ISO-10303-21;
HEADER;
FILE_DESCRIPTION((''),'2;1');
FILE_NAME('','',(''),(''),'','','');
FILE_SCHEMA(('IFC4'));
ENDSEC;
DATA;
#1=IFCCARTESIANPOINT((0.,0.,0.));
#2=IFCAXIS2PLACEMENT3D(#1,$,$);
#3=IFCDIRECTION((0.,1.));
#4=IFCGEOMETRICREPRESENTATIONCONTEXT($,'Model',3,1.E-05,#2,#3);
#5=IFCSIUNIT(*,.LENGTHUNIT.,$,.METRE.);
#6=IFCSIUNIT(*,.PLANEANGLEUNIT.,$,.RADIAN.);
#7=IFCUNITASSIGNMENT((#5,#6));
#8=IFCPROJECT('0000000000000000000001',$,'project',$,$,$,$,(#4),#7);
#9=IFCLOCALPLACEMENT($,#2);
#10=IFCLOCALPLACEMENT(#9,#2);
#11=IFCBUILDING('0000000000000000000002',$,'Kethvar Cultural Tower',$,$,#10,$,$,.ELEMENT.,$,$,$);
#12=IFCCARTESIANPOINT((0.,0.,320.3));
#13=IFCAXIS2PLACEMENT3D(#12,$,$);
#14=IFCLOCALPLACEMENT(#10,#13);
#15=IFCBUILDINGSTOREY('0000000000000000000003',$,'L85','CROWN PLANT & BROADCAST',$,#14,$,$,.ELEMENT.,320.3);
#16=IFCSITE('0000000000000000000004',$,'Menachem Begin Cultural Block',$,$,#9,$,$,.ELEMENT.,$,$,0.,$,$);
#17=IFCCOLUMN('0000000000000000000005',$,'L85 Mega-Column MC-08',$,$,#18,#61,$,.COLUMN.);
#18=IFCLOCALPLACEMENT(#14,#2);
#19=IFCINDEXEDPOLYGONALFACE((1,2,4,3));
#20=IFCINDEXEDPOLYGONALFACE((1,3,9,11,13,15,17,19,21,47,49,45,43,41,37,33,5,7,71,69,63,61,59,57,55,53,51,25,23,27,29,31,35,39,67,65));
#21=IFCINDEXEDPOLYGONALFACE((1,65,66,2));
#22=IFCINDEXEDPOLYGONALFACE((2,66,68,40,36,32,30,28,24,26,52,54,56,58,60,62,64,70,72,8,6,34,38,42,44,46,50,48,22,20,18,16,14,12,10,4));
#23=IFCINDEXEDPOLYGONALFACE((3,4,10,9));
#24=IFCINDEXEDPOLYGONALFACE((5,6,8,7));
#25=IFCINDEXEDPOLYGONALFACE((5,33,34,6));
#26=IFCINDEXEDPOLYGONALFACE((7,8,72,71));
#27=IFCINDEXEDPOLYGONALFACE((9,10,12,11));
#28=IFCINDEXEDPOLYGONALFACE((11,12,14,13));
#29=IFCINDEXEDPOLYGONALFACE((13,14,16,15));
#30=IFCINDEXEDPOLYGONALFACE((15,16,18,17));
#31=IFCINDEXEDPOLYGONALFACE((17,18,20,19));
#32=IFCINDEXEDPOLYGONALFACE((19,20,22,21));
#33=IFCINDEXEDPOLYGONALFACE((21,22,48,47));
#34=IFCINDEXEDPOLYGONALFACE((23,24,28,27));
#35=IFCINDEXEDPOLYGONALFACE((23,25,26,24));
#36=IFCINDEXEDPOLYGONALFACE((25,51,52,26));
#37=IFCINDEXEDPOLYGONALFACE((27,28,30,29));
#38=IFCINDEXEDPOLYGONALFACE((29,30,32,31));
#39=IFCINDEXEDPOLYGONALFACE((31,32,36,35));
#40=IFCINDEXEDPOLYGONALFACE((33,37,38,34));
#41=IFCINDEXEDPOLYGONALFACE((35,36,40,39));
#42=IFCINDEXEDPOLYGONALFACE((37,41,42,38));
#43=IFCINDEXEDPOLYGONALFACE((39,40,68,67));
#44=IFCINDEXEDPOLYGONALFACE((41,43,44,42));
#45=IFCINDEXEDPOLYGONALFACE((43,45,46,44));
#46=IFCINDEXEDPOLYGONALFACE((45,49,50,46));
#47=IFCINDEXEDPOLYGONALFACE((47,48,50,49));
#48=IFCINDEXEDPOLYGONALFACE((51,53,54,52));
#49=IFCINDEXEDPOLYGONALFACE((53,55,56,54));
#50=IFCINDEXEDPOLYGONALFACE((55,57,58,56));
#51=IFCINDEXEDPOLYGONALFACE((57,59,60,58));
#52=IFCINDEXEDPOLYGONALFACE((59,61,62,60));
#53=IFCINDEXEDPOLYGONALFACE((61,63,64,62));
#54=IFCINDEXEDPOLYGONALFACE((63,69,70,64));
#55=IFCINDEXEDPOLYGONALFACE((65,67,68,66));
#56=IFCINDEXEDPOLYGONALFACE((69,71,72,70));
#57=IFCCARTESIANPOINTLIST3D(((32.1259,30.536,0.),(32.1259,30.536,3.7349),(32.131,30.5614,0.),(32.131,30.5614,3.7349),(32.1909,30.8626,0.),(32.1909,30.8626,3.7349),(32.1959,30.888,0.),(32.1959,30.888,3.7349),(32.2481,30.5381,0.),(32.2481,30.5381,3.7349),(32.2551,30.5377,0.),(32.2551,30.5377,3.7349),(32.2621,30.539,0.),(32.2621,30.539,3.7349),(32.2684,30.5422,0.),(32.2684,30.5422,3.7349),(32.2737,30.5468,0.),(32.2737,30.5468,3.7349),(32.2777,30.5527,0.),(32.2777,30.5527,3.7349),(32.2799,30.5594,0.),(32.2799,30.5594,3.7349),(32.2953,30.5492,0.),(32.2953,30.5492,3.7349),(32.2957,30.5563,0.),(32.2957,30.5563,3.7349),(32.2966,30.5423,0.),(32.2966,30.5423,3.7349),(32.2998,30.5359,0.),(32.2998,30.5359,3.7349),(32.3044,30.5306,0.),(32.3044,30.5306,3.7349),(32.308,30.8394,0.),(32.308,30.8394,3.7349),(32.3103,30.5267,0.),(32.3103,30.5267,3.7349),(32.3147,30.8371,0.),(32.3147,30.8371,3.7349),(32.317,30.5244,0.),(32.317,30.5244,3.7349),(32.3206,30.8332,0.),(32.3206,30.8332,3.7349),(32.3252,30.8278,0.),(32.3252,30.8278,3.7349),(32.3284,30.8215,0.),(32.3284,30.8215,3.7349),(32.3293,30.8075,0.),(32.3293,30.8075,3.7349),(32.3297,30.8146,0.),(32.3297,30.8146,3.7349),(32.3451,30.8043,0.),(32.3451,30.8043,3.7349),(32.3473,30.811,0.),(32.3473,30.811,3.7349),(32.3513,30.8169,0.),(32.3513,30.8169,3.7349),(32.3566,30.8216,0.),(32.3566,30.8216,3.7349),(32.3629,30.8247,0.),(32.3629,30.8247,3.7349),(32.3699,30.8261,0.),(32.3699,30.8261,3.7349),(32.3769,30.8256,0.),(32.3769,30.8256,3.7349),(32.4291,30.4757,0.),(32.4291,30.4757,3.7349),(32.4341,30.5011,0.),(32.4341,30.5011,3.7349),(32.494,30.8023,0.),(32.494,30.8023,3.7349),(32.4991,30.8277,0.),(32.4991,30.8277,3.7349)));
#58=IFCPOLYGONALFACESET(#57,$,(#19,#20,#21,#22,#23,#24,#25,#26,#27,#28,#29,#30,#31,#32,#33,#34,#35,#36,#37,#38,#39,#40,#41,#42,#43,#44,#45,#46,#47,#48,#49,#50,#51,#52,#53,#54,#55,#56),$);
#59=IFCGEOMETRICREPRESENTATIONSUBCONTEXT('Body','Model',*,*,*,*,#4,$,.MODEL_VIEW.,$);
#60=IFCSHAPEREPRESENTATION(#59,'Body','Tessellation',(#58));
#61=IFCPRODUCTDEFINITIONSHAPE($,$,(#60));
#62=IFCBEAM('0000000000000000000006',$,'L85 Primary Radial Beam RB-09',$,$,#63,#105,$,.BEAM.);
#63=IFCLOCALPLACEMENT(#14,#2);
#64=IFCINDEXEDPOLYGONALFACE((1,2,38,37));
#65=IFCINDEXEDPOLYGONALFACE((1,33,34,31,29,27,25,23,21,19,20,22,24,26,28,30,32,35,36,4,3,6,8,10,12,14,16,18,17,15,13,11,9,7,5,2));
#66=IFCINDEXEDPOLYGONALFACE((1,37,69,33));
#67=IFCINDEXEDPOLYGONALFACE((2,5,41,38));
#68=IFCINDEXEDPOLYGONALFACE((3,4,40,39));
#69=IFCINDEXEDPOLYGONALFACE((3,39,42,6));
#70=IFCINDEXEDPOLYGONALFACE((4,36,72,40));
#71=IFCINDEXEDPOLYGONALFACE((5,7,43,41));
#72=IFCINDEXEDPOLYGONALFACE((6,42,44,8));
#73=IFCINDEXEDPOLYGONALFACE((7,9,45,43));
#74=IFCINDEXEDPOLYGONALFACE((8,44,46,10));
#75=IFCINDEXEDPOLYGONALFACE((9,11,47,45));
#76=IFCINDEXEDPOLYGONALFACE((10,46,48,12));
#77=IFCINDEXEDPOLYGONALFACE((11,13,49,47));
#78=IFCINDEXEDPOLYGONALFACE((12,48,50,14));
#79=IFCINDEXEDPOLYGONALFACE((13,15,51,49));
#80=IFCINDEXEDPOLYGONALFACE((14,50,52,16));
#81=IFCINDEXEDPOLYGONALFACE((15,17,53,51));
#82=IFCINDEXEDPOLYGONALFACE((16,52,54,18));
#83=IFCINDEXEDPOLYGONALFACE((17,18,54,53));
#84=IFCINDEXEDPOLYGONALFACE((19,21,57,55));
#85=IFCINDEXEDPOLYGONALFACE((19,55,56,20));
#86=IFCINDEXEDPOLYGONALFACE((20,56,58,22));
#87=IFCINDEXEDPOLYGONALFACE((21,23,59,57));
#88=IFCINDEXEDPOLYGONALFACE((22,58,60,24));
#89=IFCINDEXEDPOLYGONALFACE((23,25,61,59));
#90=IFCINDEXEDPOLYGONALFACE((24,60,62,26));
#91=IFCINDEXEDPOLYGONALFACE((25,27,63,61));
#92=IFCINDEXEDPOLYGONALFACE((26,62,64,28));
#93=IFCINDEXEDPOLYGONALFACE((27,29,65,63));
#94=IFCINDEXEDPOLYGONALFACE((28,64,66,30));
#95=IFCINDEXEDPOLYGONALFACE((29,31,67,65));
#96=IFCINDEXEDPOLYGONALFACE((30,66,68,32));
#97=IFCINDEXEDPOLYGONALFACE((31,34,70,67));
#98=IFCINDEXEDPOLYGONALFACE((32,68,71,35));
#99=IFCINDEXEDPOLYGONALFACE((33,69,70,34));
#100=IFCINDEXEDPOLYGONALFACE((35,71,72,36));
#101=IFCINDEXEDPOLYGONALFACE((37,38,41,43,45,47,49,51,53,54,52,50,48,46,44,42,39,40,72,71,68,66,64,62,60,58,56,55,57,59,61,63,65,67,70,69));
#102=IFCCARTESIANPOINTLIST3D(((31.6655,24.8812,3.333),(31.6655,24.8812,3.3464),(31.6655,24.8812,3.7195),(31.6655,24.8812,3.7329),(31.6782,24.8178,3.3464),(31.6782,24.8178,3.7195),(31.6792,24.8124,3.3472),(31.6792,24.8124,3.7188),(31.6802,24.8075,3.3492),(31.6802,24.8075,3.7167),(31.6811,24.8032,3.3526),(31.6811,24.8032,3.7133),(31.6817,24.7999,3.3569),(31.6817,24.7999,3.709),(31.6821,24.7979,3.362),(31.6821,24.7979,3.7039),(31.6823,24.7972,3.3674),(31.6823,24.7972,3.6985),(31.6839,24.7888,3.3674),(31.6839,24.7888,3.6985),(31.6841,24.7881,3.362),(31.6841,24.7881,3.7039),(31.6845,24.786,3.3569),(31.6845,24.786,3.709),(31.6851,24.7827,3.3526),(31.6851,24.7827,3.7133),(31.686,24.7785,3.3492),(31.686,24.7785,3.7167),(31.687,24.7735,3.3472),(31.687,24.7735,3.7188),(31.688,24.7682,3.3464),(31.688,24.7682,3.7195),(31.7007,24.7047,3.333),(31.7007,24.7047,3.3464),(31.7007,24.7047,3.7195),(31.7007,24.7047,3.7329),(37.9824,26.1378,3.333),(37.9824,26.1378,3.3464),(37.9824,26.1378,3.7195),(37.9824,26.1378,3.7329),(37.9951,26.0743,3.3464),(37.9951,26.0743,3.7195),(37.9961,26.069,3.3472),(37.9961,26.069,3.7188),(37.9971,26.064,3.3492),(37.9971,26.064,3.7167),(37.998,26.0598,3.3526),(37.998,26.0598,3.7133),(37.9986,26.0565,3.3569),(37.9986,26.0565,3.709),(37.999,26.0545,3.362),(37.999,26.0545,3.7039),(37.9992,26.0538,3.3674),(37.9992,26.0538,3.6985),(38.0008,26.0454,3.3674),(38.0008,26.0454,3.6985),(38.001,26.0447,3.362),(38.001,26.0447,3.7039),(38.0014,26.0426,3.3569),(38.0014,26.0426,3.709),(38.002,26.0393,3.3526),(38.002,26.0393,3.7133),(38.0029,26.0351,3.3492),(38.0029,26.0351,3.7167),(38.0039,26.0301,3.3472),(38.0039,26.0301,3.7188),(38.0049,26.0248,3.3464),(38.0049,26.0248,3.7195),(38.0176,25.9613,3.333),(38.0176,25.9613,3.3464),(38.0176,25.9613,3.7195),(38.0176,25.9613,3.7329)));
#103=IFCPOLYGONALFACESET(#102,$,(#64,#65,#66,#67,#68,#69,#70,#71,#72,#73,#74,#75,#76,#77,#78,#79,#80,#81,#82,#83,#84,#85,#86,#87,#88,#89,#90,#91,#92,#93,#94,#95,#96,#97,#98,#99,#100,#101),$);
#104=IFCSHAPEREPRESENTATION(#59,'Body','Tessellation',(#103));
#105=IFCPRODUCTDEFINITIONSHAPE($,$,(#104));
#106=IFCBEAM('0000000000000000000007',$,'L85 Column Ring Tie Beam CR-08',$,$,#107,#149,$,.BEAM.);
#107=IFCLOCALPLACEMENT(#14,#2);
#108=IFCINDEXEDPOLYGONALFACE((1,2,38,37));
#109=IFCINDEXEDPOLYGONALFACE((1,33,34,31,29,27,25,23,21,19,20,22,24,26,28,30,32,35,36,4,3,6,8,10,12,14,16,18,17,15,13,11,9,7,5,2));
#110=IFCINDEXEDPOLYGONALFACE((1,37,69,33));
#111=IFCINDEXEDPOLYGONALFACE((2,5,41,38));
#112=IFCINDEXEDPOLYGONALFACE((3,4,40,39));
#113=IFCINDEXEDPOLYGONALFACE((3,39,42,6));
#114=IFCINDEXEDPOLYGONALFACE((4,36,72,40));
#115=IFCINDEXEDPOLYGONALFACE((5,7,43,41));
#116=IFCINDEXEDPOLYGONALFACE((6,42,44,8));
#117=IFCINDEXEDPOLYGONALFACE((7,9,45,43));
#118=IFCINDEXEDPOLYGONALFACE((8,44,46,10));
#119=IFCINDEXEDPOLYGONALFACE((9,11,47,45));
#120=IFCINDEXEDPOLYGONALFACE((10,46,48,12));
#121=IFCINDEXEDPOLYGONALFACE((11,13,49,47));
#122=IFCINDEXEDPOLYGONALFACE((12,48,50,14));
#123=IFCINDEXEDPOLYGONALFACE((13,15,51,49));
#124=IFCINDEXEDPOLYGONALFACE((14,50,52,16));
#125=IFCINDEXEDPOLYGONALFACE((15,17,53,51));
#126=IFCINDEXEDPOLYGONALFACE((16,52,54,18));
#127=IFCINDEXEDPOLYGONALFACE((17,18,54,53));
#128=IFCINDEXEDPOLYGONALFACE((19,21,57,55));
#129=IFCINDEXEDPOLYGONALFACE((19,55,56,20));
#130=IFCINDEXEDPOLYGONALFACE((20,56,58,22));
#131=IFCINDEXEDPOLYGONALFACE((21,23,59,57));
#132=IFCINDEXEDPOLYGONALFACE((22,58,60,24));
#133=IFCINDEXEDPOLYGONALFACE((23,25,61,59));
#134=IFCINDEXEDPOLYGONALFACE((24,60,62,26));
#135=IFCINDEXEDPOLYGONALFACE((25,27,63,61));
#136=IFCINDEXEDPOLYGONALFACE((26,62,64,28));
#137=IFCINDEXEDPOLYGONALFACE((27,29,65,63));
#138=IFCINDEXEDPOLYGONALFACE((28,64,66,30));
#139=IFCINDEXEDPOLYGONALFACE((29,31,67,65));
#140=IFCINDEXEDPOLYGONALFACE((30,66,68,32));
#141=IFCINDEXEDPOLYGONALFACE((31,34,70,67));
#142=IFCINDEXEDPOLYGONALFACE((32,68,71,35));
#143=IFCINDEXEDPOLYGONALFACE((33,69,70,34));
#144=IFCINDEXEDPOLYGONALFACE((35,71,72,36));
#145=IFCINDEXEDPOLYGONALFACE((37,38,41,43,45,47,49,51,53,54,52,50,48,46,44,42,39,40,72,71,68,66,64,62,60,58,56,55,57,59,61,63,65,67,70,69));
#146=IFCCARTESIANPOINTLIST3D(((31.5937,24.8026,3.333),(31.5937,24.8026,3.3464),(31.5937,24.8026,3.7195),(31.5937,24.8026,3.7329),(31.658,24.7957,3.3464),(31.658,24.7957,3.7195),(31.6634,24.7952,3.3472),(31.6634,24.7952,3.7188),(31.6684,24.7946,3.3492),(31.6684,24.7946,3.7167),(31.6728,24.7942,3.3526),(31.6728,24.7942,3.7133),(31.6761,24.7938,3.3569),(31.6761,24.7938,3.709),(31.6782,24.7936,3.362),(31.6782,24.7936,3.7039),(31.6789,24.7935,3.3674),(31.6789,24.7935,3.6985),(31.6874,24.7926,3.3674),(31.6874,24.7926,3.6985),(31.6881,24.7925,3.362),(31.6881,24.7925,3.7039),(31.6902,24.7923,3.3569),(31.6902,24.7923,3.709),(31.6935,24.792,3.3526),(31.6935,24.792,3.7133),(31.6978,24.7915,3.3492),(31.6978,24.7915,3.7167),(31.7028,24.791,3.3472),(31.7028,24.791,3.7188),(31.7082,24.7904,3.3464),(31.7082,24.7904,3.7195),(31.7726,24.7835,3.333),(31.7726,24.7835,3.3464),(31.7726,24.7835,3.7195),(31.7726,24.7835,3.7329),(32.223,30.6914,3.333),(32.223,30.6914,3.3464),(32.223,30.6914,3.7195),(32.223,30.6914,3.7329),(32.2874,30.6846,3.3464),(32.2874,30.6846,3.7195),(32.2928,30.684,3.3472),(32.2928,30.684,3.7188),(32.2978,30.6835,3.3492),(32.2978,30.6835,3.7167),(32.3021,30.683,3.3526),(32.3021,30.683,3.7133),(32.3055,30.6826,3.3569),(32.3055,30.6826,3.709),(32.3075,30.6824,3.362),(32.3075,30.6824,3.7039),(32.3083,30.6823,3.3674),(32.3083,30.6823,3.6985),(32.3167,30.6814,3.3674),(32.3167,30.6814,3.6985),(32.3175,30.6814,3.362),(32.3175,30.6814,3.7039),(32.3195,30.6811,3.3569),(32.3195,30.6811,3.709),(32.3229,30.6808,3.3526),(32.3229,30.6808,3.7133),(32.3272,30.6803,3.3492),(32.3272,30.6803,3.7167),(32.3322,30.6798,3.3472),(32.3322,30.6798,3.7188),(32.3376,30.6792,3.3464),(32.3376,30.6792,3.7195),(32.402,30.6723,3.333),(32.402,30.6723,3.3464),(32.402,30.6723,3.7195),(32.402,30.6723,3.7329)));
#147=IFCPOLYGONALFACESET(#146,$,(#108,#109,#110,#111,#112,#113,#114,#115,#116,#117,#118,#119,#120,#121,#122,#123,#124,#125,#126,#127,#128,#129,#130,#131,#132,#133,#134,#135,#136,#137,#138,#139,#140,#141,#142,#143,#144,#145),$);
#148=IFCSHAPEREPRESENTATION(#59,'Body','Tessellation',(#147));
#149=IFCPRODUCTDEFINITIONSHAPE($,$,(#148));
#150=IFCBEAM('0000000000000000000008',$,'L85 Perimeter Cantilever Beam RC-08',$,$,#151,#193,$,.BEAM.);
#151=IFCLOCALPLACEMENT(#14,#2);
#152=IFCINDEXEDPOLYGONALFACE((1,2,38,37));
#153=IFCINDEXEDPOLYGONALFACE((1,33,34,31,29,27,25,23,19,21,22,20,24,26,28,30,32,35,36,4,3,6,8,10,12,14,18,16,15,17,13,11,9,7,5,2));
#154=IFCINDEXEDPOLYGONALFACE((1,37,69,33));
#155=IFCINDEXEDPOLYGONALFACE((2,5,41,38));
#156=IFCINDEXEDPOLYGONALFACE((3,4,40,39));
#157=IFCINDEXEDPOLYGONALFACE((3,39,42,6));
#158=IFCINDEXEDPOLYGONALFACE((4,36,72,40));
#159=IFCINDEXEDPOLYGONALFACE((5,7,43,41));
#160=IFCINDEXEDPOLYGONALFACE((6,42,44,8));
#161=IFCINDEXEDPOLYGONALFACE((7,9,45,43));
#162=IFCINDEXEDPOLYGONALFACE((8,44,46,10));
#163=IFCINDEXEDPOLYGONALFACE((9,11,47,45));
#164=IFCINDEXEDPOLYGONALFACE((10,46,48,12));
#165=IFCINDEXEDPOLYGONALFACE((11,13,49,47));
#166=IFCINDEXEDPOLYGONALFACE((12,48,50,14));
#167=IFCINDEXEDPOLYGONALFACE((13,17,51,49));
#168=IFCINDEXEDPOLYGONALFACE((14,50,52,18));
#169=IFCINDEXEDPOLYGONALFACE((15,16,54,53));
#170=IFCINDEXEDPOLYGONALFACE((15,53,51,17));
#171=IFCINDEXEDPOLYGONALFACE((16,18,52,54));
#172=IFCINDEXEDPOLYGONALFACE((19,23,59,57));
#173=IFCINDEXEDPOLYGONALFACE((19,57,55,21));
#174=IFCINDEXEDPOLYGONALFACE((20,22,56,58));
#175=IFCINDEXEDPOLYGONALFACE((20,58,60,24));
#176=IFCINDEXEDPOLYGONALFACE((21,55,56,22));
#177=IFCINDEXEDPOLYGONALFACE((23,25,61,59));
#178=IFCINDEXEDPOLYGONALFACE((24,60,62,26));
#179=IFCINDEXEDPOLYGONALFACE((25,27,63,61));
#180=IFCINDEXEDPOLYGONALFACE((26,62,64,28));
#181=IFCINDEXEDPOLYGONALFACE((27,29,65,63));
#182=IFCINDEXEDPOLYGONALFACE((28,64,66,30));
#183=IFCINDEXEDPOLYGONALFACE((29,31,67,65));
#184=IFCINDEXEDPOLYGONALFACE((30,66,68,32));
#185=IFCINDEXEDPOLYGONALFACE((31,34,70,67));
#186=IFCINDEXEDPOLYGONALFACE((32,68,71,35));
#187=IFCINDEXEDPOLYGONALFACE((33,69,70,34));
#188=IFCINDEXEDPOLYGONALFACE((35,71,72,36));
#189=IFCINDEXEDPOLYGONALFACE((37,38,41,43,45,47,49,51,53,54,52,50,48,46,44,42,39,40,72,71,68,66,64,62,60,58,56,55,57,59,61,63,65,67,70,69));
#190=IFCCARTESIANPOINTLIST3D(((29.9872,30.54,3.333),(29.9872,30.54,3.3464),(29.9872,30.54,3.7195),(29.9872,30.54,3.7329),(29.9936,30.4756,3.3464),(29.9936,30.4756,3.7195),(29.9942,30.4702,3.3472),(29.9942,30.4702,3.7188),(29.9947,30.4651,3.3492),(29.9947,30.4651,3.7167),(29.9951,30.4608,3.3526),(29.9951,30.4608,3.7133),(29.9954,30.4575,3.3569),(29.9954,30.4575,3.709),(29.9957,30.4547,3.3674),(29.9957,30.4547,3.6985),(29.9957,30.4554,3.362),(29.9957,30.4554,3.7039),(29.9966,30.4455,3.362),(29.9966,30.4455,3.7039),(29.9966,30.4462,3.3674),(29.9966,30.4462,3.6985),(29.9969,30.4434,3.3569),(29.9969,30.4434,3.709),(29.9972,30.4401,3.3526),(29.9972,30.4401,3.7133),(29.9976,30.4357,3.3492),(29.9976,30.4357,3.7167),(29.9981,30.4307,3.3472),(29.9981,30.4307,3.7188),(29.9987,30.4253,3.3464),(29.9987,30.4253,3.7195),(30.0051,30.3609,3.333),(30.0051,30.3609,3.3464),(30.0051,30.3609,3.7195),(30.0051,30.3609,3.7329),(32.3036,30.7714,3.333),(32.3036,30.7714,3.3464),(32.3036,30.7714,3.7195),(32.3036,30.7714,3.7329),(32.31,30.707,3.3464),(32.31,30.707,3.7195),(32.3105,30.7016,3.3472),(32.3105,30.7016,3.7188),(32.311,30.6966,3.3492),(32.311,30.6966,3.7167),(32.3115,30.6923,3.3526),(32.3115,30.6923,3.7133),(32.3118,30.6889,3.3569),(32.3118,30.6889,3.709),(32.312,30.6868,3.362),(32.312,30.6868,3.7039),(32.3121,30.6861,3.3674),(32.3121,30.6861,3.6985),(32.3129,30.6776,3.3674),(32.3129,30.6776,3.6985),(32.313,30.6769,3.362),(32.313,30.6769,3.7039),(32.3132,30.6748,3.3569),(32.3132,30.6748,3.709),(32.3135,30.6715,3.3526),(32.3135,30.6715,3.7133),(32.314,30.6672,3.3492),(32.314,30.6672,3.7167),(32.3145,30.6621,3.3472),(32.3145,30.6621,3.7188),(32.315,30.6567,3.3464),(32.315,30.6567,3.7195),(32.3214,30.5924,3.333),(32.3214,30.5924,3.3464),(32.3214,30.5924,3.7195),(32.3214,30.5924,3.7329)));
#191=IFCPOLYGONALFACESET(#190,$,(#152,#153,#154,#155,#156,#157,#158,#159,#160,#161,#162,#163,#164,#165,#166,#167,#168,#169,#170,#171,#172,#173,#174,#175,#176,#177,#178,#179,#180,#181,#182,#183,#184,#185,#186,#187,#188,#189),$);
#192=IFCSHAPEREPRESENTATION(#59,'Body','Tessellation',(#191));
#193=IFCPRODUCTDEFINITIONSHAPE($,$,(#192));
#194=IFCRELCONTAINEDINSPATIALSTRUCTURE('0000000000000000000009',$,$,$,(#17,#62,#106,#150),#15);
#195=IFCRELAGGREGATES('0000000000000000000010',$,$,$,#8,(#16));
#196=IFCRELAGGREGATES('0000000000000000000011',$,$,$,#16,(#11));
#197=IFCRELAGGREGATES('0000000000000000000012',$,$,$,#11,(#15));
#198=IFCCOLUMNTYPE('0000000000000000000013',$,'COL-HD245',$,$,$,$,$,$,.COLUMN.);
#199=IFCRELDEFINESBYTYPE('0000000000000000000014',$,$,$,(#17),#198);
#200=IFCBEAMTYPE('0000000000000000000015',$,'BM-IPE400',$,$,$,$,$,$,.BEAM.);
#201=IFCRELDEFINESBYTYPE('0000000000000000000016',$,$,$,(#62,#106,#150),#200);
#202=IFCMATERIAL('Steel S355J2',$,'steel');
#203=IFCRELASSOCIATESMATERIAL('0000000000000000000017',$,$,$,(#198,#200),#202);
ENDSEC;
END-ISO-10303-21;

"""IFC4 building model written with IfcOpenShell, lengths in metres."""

from ifc_helpers import new_model, si_unit, direction, frame, origin, origin_2d, place, context, subcontext, project, spatial, i_section, extrude, source, transform, mapped, material, material_profile, profile_set, type_object, element, save


model = new_model("IFC4")

# Units and contexts
model_context = context("Model", 3, precision=1e-05, world=origin(), true_north=direction((0.0, 1.0)))
body_context = subcontext(model_context, "Body", "Model", "MODEL_VIEW")
ifc_project = project(units=[si_unit("LENGTHUNIT", "METRE"), si_unit("PLANEANGLEUNIT", "RADIAN")], contexts=[model_context])

# Site, building, storey
site_placement = place(None, origin())
site = spatial("IfcSite", under=ifc_project, at=site_placement, Name="Menachem Begin Cultural Block", CompositionType="ELEMENT", RefElevation=0.0)
building_placement = place(site_placement, origin())
building = spatial("IfcBuilding", under=site, at=building_placement, Name="Kethvar Cultural Tower", CompositionType="ELEMENT")
storey_placement = place(building_placement, frame((0.0, 0.0, 320.3)))
storey = spatial("IfcBuildingStorey", under=building, at=storey_placement, Name="L85", Description="CROWN PLANT & BROADCAST", CompositionType="ELEMENT", Elevation=320.3)

# Column
ifc_material_1 = material(Name="Steel S355J2", Category="steel")
ifc_material_profile_1 = material_profile(ifc_material_1, i_section(OverallWidth=0.3091, OverallDepth=0.3589, WebThickness=0.0161, FlangeThickness=0.0259, FilletRadius=0.0271, at=origin_2d()), Name="Steel S355J2 — HD320x245")
ifc_profile_set_1 = profile_set([ifc_material_profile_1], Name="Steel S355J2 — HD320x245")
column_type = type_object("IfcColumnType", Name="COL-HD245", PredefinedType="COLUMN", material=ifc_profile_set_1)
shared_shape_1 = source(origin(), body_context, "Body", "SweptSolid", [
    extrude(i_section(OverallWidth=0.3091, OverallDepth=0.3589, WebThickness=0.0161, FlangeThickness=0.0259, FilletRadius=0.0271, at=origin_2d()), origin(), (0.0, 0.0, 1.0), 3.7349),
])
column_placement = place(storey_placement, frame((32.3125, 30.6819, 0.0), z_axis=(0.0, 0.0, 1.0), x_axis=(-0.980785, 0.19509, 0.0)))
element("IfcColumn", 1, at=column_placement, inside=storey, type_object=column_type, Name="L85 Mega-Column MC-08", PredefinedType="COLUMN", context=body_context, shape_type="MappedRepresentation", body=[
    mapped(shared_shape_1, transform((0.0, 0.0, 0.0), scale=1.0)),
])

# Beams
ifc_material_profile_2 = material_profile(ifc_material_1, i_section(OverallWidth=0.1799, OverallDepth=0.3999, WebThickness=0.0085, FlangeThickness=0.0134, FilletRadius=0.021, at=origin_2d()), Name="Steel S355J2 — IPE400")
ifc_profile_set_2 = profile_set([ifc_material_profile_2], Name="Steel S355J2 — IPE400")
beam_type_1 = type_object("IfcBeamType", Name="BM-IPE400", PredefinedType="BEAM", material=ifc_profile_set_2)
shared_shape_2 = source(origin(), body_context, "Body", "SweptSolid", [
    extrude(i_section(OverallWidth=0.1799, OverallDepth=0.3999, WebThickness=0.0085, FlangeThickness=0.0134, FilletRadius=0.021, at=origin_2d()), origin(), (0.0, 0.0, 1.0), 6.4407),
])
beam_1_placement = place(storey_placement, frame((38.0, 26.0496, 3.533), z_axis=(-0.980783, -0.195103, 0.0), x_axis=(0.195103, -0.980783, 0.0)))
element("IfcBeam", 2, at=beam_1_placement, inside=storey, type_object=beam_type_1, Name="L85 Primary Radial Beam RB-09", PredefinedType="BEAM", context=body_context, shape_type="MappedRepresentation", body=[
    mapped(shared_shape_2, transform((0.0, 0.0, 0.0), scale=1.0)),
])
shared_shape_3 = source(origin(), body_context, "Body", "SweptSolid", [
    extrude(i_section(OverallWidth=0.1799, OverallDepth=0.3999, WebThickness=0.0085, FlangeThickness=0.0134, FilletRadius=0.021, at=origin_2d()), origin(), (0.0, 0.0, 1.0), 5.9224),
])
beam_2_placement = place(storey_placement, frame((32.3125, 30.6819, 3.533), z_axis=(-0.106273, -0.994337, 0.0), x_axis=(0.994337, -0.106273, 0.0)))
element("IfcBeam", 3, at=beam_2_placement, inside=storey, type_object=beam_type_1, Name="L85 Column Ring Tie Beam CR-08", PredefinedType="BEAM", context=body_context, shape_type="MappedRepresentation", body=[
    mapped(shared_shape_3, transform((0.0, 0.0, 0.0), scale=1.0)),
])
shared_shape_4 = source(origin(), body_context, "Body", "SweptSolid", [
    extrude(i_section(OverallWidth=0.1799, OverallDepth=0.3999, WebThickness=0.0085, FlangeThickness=0.0134, FilletRadius=0.021, at=origin_2d()), origin(), (0.0, 0.0, 1.0), 2.3279),
])
beam_3_placement = place(storey_placement, frame((32.3125, 30.6819, 3.533), z_axis=(-0.995045, -0.099421, 0.0), x_axis=(0.099421, -0.995045, 0.0)))
element("IfcBeam", 4, at=beam_3_placement, inside=storey, type_object=beam_type_1, Name="L85 Perimeter Cantilever Beam RC-08", PredefinedType="BEAM", context=body_context, shape_type="MappedRepresentation", body=[
    mapped(shared_shape_4, transform((0.0, 0.0, 0.0), scale=1.0)),
])

save(model, "model.ifc")
